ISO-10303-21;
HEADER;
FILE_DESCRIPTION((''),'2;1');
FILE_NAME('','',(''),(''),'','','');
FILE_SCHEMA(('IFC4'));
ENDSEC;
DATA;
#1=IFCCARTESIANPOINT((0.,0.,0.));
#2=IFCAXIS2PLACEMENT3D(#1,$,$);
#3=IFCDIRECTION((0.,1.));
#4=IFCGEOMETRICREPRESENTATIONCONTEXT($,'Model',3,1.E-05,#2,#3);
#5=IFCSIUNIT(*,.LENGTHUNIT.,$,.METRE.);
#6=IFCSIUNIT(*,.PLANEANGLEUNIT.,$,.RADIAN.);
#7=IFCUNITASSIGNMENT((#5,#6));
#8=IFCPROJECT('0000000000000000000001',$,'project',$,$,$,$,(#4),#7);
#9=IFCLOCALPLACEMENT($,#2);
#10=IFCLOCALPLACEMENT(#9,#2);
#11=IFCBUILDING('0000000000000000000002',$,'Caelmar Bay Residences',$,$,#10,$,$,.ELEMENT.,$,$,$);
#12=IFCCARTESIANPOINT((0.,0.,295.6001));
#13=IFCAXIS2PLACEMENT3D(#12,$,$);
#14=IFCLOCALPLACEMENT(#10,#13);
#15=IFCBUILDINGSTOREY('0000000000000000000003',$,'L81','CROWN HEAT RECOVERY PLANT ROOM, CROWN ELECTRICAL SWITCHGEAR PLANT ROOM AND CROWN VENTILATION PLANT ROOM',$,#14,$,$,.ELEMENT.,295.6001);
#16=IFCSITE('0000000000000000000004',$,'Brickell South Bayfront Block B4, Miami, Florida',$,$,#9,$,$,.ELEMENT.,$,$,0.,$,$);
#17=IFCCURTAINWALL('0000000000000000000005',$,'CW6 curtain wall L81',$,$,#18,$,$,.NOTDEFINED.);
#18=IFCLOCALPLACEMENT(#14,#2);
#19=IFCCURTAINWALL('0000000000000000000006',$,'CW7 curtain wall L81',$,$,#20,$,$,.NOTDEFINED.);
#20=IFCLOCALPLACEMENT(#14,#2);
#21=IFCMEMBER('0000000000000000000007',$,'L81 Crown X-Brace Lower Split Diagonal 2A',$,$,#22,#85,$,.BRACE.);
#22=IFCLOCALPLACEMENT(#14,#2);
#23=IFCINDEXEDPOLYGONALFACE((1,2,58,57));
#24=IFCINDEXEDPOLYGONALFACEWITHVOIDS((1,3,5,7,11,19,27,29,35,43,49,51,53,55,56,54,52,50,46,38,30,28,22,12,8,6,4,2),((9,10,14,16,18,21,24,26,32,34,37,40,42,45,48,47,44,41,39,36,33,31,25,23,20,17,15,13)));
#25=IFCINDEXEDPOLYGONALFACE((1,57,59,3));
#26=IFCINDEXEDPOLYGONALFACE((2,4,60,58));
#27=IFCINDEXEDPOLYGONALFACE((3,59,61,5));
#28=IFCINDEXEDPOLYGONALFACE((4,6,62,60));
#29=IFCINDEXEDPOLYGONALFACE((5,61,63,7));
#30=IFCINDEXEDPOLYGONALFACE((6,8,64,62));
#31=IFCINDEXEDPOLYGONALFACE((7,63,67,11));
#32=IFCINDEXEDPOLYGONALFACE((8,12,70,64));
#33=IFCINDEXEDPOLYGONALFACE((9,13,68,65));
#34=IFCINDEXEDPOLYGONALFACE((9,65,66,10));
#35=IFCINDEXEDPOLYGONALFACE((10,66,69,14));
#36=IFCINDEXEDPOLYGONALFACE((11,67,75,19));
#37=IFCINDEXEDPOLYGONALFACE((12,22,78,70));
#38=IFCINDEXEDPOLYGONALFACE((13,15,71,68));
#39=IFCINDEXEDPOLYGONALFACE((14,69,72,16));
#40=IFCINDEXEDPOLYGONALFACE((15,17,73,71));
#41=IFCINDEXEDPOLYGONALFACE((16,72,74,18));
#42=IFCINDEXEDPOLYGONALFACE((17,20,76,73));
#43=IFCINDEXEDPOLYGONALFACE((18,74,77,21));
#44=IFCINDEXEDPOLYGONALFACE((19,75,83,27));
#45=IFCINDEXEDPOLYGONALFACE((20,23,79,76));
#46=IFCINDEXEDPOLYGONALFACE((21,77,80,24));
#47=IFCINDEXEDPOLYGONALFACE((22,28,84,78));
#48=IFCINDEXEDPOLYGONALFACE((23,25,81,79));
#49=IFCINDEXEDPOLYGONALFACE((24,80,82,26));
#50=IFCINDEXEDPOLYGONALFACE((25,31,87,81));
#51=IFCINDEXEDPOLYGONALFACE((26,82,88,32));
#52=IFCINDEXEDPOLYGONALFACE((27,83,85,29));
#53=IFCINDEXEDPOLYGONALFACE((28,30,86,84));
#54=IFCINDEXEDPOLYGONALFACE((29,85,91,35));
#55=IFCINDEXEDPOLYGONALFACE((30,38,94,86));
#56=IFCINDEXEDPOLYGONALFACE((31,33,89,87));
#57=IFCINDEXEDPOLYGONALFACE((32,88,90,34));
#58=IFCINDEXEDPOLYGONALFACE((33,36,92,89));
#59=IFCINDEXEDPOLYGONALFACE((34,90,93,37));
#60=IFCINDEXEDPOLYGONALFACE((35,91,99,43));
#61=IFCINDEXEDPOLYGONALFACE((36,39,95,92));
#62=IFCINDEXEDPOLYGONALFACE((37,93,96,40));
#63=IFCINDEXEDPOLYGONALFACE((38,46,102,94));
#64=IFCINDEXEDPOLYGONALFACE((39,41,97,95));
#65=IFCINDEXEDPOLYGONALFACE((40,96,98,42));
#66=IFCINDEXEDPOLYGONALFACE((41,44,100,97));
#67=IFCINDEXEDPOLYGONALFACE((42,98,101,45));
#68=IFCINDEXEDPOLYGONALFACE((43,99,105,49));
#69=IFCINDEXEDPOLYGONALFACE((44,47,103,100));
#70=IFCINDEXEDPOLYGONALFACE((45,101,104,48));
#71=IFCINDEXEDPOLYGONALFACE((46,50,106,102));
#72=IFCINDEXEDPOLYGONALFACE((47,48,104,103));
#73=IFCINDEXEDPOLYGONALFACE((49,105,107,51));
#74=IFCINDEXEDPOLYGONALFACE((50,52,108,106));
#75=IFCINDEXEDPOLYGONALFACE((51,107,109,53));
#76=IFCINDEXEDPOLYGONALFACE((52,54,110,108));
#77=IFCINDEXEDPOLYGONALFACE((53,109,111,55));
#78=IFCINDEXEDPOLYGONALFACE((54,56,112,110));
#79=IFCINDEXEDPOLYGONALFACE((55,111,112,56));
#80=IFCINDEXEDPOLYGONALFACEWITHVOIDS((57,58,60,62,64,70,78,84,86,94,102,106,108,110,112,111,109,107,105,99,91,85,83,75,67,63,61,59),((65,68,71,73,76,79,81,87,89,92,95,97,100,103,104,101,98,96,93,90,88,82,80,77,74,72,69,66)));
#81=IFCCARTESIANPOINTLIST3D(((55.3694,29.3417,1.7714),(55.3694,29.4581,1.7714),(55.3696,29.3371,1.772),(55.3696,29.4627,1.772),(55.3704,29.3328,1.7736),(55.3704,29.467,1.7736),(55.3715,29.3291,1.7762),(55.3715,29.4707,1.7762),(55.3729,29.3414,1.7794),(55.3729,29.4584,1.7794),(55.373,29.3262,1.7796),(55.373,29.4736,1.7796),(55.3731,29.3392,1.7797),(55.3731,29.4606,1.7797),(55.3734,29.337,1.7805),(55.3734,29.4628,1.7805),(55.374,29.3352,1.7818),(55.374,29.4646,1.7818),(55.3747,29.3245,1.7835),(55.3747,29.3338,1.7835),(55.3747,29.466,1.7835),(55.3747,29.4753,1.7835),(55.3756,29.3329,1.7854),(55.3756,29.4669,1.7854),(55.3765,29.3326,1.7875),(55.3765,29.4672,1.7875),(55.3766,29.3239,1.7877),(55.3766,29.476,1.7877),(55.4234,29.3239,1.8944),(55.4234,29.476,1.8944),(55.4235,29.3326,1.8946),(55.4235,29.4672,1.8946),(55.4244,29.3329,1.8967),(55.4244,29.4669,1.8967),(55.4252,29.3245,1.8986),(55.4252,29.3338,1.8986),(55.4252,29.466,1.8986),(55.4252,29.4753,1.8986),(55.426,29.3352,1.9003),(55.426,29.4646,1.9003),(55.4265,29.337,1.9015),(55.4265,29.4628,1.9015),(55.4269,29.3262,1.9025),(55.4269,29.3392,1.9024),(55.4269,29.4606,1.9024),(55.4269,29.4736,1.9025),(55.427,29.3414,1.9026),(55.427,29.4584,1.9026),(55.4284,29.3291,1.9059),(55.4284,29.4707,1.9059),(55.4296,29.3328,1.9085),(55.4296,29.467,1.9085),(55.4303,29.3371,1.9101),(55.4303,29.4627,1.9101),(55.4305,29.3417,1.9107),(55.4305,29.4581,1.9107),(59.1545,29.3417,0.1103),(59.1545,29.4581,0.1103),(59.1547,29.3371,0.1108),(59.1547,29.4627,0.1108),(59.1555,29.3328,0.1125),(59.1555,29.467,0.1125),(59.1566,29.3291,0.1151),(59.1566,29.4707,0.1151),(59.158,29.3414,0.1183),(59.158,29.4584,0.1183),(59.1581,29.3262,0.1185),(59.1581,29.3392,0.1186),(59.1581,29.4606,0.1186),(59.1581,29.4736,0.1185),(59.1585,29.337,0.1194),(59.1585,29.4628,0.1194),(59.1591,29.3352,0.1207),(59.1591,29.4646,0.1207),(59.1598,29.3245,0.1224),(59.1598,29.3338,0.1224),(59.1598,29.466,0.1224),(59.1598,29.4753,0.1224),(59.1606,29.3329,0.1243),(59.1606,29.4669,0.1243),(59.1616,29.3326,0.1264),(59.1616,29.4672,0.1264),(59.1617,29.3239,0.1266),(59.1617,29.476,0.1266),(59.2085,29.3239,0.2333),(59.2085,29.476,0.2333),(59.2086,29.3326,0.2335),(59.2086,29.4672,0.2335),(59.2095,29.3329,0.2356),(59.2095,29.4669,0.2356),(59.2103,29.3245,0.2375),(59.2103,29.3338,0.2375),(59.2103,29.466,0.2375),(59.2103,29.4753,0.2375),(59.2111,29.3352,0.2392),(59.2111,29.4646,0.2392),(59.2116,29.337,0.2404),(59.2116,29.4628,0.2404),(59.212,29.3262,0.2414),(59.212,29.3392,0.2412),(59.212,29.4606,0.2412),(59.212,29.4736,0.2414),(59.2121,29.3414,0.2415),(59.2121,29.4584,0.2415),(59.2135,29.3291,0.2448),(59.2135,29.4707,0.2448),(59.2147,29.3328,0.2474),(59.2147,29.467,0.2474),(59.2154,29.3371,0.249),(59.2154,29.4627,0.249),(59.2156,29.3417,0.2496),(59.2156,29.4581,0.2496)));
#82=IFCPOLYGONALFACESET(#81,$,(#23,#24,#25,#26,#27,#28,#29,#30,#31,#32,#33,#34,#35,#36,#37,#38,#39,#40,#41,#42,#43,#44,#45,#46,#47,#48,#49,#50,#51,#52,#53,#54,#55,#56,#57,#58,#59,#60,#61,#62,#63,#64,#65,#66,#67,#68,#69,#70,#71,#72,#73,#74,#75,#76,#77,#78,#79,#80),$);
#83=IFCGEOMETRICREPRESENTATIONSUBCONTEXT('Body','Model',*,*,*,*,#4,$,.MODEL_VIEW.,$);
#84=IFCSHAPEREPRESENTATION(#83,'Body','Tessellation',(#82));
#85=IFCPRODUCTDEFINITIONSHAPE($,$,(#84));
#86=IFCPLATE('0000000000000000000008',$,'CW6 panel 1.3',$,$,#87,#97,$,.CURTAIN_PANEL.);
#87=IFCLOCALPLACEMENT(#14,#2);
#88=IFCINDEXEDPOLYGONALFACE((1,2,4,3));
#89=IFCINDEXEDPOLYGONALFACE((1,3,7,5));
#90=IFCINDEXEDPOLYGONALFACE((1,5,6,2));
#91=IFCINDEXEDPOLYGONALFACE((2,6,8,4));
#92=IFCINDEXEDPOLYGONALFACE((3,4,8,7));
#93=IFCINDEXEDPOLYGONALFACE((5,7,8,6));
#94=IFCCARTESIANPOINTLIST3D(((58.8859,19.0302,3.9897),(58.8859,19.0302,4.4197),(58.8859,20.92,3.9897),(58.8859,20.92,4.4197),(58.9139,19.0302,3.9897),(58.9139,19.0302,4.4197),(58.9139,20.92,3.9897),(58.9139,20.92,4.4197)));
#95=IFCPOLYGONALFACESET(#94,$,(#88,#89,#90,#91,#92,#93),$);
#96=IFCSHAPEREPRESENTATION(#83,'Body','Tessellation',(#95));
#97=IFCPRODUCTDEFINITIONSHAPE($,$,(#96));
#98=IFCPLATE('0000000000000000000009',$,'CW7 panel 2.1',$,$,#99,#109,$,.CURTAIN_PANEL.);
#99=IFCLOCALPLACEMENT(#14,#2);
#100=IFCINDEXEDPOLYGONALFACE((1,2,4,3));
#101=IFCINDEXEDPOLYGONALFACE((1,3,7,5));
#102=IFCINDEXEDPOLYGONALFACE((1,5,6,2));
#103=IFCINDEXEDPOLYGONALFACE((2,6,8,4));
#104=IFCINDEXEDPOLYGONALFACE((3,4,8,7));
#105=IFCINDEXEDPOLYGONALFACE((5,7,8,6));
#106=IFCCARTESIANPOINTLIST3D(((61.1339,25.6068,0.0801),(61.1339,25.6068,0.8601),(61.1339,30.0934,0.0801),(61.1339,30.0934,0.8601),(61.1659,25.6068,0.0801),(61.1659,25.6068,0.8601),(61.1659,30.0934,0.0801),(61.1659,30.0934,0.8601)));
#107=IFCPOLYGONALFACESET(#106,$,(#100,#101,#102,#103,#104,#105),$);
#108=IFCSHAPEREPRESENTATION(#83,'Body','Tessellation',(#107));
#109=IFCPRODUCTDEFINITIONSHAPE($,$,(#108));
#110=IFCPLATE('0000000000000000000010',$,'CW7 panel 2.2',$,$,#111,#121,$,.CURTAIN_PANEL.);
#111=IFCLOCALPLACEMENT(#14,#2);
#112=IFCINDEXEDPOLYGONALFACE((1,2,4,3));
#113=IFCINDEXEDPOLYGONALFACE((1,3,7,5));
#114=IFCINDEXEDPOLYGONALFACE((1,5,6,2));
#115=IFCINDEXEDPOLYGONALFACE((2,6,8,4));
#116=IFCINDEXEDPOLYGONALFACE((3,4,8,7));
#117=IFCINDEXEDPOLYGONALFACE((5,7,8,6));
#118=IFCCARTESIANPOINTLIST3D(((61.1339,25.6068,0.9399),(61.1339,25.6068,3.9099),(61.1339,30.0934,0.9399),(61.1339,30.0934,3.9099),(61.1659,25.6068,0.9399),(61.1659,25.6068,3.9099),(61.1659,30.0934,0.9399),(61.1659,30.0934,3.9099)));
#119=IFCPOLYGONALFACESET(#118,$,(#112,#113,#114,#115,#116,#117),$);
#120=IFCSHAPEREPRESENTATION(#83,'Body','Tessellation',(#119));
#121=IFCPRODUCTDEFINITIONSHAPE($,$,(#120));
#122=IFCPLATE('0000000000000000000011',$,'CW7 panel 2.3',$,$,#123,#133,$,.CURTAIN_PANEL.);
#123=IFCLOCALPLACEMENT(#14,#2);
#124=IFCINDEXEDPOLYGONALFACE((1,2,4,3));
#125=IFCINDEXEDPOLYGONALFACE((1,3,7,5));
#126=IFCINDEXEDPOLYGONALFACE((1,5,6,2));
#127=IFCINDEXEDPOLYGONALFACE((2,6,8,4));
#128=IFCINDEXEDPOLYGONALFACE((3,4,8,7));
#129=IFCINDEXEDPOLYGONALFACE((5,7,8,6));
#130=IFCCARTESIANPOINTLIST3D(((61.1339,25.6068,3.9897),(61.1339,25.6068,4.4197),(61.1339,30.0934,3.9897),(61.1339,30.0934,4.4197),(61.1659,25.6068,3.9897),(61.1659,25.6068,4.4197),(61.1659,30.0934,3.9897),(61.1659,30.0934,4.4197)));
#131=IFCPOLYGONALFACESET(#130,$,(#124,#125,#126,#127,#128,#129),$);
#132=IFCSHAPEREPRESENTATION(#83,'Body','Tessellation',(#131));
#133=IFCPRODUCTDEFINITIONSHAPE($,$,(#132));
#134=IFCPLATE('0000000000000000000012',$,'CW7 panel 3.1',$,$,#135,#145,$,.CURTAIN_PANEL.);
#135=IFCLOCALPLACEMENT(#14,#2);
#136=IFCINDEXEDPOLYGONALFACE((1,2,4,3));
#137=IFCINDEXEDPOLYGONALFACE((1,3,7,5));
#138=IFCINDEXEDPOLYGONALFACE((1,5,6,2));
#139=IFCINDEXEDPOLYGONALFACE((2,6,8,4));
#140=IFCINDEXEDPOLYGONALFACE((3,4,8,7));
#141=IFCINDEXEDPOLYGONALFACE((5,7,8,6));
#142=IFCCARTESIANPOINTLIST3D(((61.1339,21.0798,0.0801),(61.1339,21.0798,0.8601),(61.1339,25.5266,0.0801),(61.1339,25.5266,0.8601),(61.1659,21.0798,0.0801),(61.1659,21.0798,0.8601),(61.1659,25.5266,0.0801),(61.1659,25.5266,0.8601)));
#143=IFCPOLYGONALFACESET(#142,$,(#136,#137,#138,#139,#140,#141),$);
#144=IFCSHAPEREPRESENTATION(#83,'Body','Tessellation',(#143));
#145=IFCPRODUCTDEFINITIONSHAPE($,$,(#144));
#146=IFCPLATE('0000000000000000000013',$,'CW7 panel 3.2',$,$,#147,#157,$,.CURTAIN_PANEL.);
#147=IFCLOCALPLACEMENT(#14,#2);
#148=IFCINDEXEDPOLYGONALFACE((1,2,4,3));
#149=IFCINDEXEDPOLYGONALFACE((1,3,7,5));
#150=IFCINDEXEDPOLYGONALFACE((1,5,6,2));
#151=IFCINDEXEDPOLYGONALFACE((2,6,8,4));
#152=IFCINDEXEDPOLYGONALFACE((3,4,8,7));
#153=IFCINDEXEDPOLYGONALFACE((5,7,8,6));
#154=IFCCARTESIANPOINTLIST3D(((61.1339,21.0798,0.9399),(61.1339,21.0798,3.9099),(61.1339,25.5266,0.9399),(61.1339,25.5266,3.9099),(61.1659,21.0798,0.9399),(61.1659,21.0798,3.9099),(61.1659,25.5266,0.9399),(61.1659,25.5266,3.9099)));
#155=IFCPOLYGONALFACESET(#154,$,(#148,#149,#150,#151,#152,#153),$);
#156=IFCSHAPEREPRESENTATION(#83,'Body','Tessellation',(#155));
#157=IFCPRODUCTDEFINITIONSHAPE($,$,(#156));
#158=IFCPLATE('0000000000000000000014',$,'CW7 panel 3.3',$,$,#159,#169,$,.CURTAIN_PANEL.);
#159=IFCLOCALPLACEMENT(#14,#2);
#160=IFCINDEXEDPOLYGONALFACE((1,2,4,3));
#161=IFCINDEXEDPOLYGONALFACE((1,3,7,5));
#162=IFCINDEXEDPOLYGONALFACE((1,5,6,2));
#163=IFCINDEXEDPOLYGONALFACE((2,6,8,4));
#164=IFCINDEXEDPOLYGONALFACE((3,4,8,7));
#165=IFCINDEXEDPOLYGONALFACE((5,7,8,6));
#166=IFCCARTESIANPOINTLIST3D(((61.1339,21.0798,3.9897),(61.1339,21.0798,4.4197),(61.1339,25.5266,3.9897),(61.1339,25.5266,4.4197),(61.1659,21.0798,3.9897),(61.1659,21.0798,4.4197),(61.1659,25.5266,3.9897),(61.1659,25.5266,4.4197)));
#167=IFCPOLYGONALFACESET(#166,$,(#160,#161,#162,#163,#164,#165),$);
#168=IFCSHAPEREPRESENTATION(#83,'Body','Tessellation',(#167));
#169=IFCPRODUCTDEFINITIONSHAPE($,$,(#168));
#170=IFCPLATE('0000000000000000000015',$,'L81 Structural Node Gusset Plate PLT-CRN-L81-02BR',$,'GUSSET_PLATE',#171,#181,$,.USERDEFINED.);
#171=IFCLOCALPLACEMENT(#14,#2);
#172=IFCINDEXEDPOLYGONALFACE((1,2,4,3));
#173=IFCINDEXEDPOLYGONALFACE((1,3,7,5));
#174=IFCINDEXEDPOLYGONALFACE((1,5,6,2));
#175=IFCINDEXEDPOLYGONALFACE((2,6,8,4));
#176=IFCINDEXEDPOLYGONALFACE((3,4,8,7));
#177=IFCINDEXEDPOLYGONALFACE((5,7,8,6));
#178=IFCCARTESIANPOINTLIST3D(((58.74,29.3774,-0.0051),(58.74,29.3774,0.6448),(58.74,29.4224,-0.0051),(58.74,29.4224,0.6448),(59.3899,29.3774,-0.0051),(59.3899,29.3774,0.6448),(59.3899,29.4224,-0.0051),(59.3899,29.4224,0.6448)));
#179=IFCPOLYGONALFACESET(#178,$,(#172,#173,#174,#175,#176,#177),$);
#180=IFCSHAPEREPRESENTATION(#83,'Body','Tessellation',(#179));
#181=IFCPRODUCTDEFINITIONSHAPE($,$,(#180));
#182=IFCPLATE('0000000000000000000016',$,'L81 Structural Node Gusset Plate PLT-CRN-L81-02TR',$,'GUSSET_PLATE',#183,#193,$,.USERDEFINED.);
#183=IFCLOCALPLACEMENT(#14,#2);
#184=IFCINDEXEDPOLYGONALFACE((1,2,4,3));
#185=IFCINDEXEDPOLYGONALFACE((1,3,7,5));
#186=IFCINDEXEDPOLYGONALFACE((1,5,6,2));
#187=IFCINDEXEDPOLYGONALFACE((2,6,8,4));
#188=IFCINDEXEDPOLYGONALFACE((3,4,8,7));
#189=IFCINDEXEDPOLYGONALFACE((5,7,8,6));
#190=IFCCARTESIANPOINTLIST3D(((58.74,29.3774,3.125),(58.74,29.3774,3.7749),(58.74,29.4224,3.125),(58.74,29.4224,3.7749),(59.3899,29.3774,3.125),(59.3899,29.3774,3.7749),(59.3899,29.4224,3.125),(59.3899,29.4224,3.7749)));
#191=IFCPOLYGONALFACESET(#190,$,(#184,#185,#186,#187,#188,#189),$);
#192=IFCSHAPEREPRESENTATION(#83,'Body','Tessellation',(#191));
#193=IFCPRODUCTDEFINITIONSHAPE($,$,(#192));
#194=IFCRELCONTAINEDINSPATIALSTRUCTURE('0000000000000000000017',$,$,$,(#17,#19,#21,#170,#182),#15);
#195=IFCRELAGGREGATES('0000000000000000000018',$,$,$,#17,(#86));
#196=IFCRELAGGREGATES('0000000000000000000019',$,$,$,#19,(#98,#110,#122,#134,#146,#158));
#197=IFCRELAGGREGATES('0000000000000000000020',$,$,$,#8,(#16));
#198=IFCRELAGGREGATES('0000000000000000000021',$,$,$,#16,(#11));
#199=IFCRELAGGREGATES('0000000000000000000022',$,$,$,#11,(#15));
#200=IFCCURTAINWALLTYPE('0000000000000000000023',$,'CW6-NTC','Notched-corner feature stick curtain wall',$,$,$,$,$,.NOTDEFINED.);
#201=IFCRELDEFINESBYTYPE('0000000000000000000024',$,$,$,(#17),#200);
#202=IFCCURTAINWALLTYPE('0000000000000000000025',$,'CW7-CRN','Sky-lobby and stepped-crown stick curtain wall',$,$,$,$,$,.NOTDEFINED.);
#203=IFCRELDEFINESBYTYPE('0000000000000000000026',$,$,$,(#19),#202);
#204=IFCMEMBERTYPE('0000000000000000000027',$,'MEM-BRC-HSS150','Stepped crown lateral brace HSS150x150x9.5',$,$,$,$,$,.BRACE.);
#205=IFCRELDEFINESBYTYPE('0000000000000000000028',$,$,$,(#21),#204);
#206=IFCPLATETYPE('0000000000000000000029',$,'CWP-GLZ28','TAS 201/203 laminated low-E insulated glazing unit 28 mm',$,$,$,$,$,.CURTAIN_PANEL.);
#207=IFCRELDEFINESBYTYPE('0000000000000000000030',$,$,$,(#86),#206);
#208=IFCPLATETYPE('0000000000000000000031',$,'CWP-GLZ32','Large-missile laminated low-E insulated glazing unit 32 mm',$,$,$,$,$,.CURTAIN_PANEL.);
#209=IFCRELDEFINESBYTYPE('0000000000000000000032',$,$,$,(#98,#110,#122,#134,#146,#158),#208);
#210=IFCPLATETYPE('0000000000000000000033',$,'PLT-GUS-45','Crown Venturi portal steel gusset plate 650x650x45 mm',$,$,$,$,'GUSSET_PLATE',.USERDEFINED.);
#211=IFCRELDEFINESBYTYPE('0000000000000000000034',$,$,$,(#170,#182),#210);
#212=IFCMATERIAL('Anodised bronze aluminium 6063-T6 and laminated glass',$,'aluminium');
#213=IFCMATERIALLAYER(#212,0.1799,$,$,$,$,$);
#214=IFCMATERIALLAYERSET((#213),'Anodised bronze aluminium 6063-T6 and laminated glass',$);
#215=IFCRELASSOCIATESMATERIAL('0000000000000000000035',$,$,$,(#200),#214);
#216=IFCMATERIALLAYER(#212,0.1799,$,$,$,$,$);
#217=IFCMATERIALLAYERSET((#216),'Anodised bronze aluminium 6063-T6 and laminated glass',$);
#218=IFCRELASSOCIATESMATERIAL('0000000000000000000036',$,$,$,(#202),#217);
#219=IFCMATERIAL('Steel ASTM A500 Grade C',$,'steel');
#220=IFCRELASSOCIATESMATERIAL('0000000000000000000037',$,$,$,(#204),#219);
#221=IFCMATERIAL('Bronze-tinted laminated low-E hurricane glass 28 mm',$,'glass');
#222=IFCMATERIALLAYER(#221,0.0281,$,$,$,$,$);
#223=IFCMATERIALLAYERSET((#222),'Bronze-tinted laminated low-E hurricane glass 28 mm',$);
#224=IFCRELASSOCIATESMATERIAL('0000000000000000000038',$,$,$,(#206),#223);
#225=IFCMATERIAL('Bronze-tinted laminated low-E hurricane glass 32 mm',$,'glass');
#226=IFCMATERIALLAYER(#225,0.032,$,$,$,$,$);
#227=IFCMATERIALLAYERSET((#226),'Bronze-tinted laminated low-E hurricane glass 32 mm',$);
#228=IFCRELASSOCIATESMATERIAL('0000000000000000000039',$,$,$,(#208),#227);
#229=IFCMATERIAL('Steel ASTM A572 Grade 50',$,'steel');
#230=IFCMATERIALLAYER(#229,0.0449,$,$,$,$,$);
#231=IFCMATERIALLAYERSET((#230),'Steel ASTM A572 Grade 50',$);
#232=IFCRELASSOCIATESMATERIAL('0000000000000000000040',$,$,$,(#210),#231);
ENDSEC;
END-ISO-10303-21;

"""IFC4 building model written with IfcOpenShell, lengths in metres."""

from ifc_helpers import new_model, si_unit, direction, frame, origin, origin_2d, place, context, subcontext, project, spatial, rectangle, hollow_rectangle, extrude, material, layer, layer_set, material_profile, profile_set, type_object, element, aggregate, save


model = new_model("IFC4")

# Units and contexts
model_context = context("Model", 3, precision=1e-05, world=origin(), true_north=direction((0.0, 1.0)))
body_context = subcontext(model_context, "Body", "Model", "MODEL_VIEW")
ifc_project = project(units=[si_unit("LENGTHUNIT", "METRE"), si_unit("PLANEANGLEUNIT", "RADIAN")], contexts=[model_context])

# Site, building, storey
site_placement = place(None, origin())
site = spatial("IfcSite", under=ifc_project, at=site_placement, Name="Brickell South Bayfront Block B4, Miami, Florida", CompositionType="ELEMENT", RefElevation=0.0)
building_placement = place(site_placement, origin())
building = spatial("IfcBuilding", under=site, at=building_placement, Name="Caelmar Bay Residences", CompositionType="ELEMENT")
storey_placement = place(building_placement, frame((0.0, 0.0, 295.6001)))
storey = spatial("IfcBuildingStorey", under=building, at=storey_placement, Name="L81", Description="CROWN HEAT RECOVERY PLANT ROOM, CROWN ELECTRICAL SWITCHGEAR PLANT ROOM AND CROWN VENTILATION PLANT ROOM", CompositionType="ELEMENT", Elevation=295.6001)

# Curtain wall
ifc_material_1 = material(Name="Anodised bronze aluminium 6063-T6 and laminated glass", Category="aluminium")
ifc_layer_1 = layer(ifc_material_1, 0.1799)
ifc_layer_set_1 = layer_set([ifc_layer_1], Name="Anodised bronze aluminium 6063-T6 and laminated glass")
curtain_wall_type_1 = type_object("IfcCurtainWallType", Name="CW6-NTC", Description="Notched-corner feature stick curtain wall", PredefinedType="NOTDEFINED", material=ifc_layer_set_1)
curtain_wall_1_placement = place(storey_placement, origin())
curtain_wall_1 = element("IfcCurtainWall", 1, at=curtain_wall_1_placement, inside=storey, type_object=curtain_wall_type_1, Name="CW6 curtain wall L81", PredefinedType="NOTDEFINED")

# Curtain wall
ifc_layer_2 = layer(ifc_material_1, 0.1799)
ifc_layer_set_2 = layer_set([ifc_layer_2], Name="Anodised bronze aluminium 6063-T6 and laminated glass")
curtain_wall_type_2 = type_object("IfcCurtainWallType", Name="CW7-CRN", Description="Sky-lobby and stepped-crown stick curtain wall", PredefinedType="NOTDEFINED", material=ifc_layer_set_2)
curtain_wall_2_placement = place(storey_placement, origin())
curtain_wall_2 = element("IfcCurtainWall", 2, at=curtain_wall_2_placement, inside=storey, type_object=curtain_wall_type_2, Name="CW7 curtain wall L81", PredefinedType="NOTDEFINED")

# Member
ifc_material_2 = material(Name="Steel ASTM A500 Grade C", Category="steel")
ifc_material_profile_1 = material_profile(ifc_material_2, hollow_rectangle(XDim=0.1521, YDim=0.1521, WallThickness=0.0088, InnerFilletRadius=0.0088, OuterFilletRadius=0.0178, at=origin_2d()), Name="HSS150X150X9.5")
ifc_profile_set_1 = profile_set([ifc_material_profile_1], Name="Steel ASTM A500 Grade C")
member_type_1 = type_object("IfcMemberType", Name="MEM-BRC-HSS150", Description="Stepped crown lateral brace HSS150x150x9.5", PredefinedType="BRACE", material=ifc_profile_set_1)
member_1_placement = place(storey_placement, frame((59.1851, 29.3999, 0.1799), z_axis=(-0.915701, 0.0, 0.40186), x_axis=(0.0, -1.0, 0.0)))
element("IfcMember", 3, at=member_1_placement, inside=storey, type_object=member_type_1, Name="L81 Crown X-Brace Lower Split Diagonal 2A", PredefinedType="BRACE", context=body_context, shape_type="SweptSolid", body=[
    extrude(hollow_rectangle(XDim=0.1521, YDim=0.1521, WallThickness=0.0088, InnerFilletRadius=0.0088, OuterFilletRadius=0.0178, at=origin_2d()), origin(), (0.0, 0.0, 1.0), 4.1335),
])

# Plates
ifc_material_3 = material(Name="Bronze-tinted laminated low-E hurricane glass 28 mm", Category="glass")
ifc_layer_3 = layer(ifc_material_3, 0.0281)
ifc_layer_set_3 = layer_set([ifc_layer_3], Name="Bronze-tinted laminated low-E hurricane glass 28 mm")
plate_type_1 = type_object("IfcPlateType", Name="CWP-GLZ28", Description="TAS 201/203 laminated low-E insulated glazing unit 28 mm", PredefinedType="CURTAIN_PANEL", material=ifc_layer_set_3)
plate_1_placement = place(storey_placement, frame((58.8999, 19.9751, 3.9897), z_axis=(0.0, 0.0, 1.0), x_axis=(0.0, 1.0, 0.0)))
plate_1 = element("IfcPlate", 4, at=plate_1_placement, type_object=plate_type_1, Name="CW6 panel 1.3", PredefinedType="CURTAIN_PANEL", context=body_context, shape_type="SweptSolid", body=[
    extrude(rectangle(XDim=1.8899, YDim=0.0281, at=origin_2d()), origin(), (0.0, 0.0, 1.0), 0.4299),
])
aggregate(curtain_wall_1, [plate_1])
ifc_material_4 = material(Name="Bronze-tinted laminated low-E hurricane glass 32 mm", Category="glass")
ifc_layer_4 = layer(ifc_material_4, 0.032)
ifc_layer_set_4 = layer_set([ifc_layer_4], Name="Bronze-tinted laminated low-E hurricane glass 32 mm")
plate_type_2 = type_object("IfcPlateType", Name="CWP-GLZ32", Description="Large-missile laminated low-E insulated glazing unit 32 mm", PredefinedType="CURTAIN_PANEL", material=ifc_layer_set_4)
plate_2_placement = place(storey_placement, frame((61.1499, 27.8501, 0.0801), z_axis=(0.0, 0.0, 1.0), x_axis=(0.0, -1.0, 0.0)))
plate_2 = element("IfcPlate", 5, at=plate_2_placement, type_object=plate_type_2, Name="CW7 panel 2.1", PredefinedType="CURTAIN_PANEL", context=body_context, shape_type="SweptSolid", body=[
    extrude(rectangle(XDim=4.4866, YDim=0.032, at=origin_2d()), origin(), (0.0, 0.0, 1.0), 0.78),
])
plate_3_placement = place(storey_placement, frame((61.1499, 27.8501, 0.9399), z_axis=(0.0, 0.0, 1.0), x_axis=(0.0, -1.0, 0.0)))
plate_3 = element("IfcPlate", 6, at=plate_3_placement, type_object=plate_type_2, Name="CW7 panel 2.2", PredefinedType="CURTAIN_PANEL", context=body_context, shape_type="SweptSolid", body=[
    extrude(rectangle(XDim=4.4866, YDim=0.032, at=origin_2d()), origin(), (0.0, 0.0, 1.0), 2.97),
])
plate_4_placement = place(storey_placement, frame((61.1499, 27.8501, 3.9897), z_axis=(0.0, 0.0, 1.0), x_axis=(0.0, -1.0, 0.0)))
plate_4 = element("IfcPlate", 7, at=plate_4_placement, type_object=plate_type_2, Name="CW7 panel 2.3", PredefinedType="CURTAIN_PANEL", context=body_context, shape_type="SweptSolid", body=[
    extrude(rectangle(XDim=4.4866, YDim=0.032, at=origin_2d()), origin(), (0.0, 0.0, 1.0), 0.4299),
])
plate_5_placement = place(storey_placement, frame((61.1499, 23.3032, 0.0801), z_axis=(0.0, 0.0, 1.0), x_axis=(0.0, -1.0, 0.0)))
plate_5 = element("IfcPlate", 8, at=plate_5_placement, type_object=plate_type_2, Name="CW7 panel 3.1", PredefinedType="CURTAIN_PANEL", context=body_context, shape_type="SweptSolid", body=[
    extrude(rectangle(XDim=4.4468, YDim=0.032, at=origin_2d()), origin(), (0.0, 0.0, 1.0), 0.78),
])
plate_6_placement = place(storey_placement, frame((61.1499, 23.3032, 0.9399), z_axis=(0.0, 0.0, 1.0), x_axis=(0.0, -1.0, 0.0)))
plate_6 = element("IfcPlate", 9, at=plate_6_placement, type_object=plate_type_2, Name="CW7 panel 3.2", PredefinedType="CURTAIN_PANEL", context=body_context, shape_type="SweptSolid", body=[
    extrude(rectangle(XDim=4.4468, YDim=0.032, at=origin_2d()), origin(), (0.0, 0.0, 1.0), 2.97),
])
plate_7_placement = place(storey_placement, frame((61.1499, 23.3032, 3.9897), z_axis=(0.0, 0.0, 1.0), x_axis=(0.0, -1.0, 0.0)))
plate_7 = element("IfcPlate", 10, at=plate_7_placement, type_object=plate_type_2, Name="CW7 panel 3.3", PredefinedType="CURTAIN_PANEL", context=body_context, shape_type="SweptSolid", body=[
    extrude(rectangle(XDim=4.4468, YDim=0.032, at=origin_2d()), origin(), (0.0, 0.0, 1.0), 0.4299),
])
aggregate(curtain_wall_2, [plate_2, plate_3, plate_4, plate_5, plate_6, plate_7])

# Plates
ifc_material_5 = material(Name="Steel ASTM A572 Grade 50", Category="steel")
ifc_layer_5 = layer(ifc_material_5, 0.0449)
ifc_layer_set_5 = layer_set([ifc_layer_5], Name="Steel ASTM A572 Grade 50")
plate_type_3 = type_object("IfcPlateType", Name="PLT-GUS-45", Description="Crown Venturi portal steel gusset plate 650x650x45 mm", ElementType="GUSSET_PLATE", PredefinedType="USERDEFINED", material=ifc_layer_set_5)
for number, where, z_axis, x_axis, name in (
    (11, (59.0649, 29.3999, -0.0051), (0.0, 0.0, 1.0), (1.0, 0.0, 0.0), "L81 Structural Node Gusset Plate PLT-CRN-L81-02BR"),
    (12, (59.0649, 29.3999, 3.125), (0.0, 0.0, 1.0), (1.0, 0.0, 0.0), "L81 Structural Node Gusset Plate PLT-CRN-L81-02TR"),
):
    element("IfcPlate", number, at=place(storey_placement, frame(where, z_axis=z_axis, x_axis=x_axis)), inside=storey, type_object=plate_type_3, Name=name, ObjectType="GUSSET_PLATE", PredefinedType="USERDEFINED", context=body_context, shape_type="SweptSolid", body=[
        extrude(rectangle(XDim=0.6499, YDim=0.0449, at=origin_2d()), origin(), (0.0, 0.0, 1.0), 0.6499),
    ])

save(model, "model.ifc")
